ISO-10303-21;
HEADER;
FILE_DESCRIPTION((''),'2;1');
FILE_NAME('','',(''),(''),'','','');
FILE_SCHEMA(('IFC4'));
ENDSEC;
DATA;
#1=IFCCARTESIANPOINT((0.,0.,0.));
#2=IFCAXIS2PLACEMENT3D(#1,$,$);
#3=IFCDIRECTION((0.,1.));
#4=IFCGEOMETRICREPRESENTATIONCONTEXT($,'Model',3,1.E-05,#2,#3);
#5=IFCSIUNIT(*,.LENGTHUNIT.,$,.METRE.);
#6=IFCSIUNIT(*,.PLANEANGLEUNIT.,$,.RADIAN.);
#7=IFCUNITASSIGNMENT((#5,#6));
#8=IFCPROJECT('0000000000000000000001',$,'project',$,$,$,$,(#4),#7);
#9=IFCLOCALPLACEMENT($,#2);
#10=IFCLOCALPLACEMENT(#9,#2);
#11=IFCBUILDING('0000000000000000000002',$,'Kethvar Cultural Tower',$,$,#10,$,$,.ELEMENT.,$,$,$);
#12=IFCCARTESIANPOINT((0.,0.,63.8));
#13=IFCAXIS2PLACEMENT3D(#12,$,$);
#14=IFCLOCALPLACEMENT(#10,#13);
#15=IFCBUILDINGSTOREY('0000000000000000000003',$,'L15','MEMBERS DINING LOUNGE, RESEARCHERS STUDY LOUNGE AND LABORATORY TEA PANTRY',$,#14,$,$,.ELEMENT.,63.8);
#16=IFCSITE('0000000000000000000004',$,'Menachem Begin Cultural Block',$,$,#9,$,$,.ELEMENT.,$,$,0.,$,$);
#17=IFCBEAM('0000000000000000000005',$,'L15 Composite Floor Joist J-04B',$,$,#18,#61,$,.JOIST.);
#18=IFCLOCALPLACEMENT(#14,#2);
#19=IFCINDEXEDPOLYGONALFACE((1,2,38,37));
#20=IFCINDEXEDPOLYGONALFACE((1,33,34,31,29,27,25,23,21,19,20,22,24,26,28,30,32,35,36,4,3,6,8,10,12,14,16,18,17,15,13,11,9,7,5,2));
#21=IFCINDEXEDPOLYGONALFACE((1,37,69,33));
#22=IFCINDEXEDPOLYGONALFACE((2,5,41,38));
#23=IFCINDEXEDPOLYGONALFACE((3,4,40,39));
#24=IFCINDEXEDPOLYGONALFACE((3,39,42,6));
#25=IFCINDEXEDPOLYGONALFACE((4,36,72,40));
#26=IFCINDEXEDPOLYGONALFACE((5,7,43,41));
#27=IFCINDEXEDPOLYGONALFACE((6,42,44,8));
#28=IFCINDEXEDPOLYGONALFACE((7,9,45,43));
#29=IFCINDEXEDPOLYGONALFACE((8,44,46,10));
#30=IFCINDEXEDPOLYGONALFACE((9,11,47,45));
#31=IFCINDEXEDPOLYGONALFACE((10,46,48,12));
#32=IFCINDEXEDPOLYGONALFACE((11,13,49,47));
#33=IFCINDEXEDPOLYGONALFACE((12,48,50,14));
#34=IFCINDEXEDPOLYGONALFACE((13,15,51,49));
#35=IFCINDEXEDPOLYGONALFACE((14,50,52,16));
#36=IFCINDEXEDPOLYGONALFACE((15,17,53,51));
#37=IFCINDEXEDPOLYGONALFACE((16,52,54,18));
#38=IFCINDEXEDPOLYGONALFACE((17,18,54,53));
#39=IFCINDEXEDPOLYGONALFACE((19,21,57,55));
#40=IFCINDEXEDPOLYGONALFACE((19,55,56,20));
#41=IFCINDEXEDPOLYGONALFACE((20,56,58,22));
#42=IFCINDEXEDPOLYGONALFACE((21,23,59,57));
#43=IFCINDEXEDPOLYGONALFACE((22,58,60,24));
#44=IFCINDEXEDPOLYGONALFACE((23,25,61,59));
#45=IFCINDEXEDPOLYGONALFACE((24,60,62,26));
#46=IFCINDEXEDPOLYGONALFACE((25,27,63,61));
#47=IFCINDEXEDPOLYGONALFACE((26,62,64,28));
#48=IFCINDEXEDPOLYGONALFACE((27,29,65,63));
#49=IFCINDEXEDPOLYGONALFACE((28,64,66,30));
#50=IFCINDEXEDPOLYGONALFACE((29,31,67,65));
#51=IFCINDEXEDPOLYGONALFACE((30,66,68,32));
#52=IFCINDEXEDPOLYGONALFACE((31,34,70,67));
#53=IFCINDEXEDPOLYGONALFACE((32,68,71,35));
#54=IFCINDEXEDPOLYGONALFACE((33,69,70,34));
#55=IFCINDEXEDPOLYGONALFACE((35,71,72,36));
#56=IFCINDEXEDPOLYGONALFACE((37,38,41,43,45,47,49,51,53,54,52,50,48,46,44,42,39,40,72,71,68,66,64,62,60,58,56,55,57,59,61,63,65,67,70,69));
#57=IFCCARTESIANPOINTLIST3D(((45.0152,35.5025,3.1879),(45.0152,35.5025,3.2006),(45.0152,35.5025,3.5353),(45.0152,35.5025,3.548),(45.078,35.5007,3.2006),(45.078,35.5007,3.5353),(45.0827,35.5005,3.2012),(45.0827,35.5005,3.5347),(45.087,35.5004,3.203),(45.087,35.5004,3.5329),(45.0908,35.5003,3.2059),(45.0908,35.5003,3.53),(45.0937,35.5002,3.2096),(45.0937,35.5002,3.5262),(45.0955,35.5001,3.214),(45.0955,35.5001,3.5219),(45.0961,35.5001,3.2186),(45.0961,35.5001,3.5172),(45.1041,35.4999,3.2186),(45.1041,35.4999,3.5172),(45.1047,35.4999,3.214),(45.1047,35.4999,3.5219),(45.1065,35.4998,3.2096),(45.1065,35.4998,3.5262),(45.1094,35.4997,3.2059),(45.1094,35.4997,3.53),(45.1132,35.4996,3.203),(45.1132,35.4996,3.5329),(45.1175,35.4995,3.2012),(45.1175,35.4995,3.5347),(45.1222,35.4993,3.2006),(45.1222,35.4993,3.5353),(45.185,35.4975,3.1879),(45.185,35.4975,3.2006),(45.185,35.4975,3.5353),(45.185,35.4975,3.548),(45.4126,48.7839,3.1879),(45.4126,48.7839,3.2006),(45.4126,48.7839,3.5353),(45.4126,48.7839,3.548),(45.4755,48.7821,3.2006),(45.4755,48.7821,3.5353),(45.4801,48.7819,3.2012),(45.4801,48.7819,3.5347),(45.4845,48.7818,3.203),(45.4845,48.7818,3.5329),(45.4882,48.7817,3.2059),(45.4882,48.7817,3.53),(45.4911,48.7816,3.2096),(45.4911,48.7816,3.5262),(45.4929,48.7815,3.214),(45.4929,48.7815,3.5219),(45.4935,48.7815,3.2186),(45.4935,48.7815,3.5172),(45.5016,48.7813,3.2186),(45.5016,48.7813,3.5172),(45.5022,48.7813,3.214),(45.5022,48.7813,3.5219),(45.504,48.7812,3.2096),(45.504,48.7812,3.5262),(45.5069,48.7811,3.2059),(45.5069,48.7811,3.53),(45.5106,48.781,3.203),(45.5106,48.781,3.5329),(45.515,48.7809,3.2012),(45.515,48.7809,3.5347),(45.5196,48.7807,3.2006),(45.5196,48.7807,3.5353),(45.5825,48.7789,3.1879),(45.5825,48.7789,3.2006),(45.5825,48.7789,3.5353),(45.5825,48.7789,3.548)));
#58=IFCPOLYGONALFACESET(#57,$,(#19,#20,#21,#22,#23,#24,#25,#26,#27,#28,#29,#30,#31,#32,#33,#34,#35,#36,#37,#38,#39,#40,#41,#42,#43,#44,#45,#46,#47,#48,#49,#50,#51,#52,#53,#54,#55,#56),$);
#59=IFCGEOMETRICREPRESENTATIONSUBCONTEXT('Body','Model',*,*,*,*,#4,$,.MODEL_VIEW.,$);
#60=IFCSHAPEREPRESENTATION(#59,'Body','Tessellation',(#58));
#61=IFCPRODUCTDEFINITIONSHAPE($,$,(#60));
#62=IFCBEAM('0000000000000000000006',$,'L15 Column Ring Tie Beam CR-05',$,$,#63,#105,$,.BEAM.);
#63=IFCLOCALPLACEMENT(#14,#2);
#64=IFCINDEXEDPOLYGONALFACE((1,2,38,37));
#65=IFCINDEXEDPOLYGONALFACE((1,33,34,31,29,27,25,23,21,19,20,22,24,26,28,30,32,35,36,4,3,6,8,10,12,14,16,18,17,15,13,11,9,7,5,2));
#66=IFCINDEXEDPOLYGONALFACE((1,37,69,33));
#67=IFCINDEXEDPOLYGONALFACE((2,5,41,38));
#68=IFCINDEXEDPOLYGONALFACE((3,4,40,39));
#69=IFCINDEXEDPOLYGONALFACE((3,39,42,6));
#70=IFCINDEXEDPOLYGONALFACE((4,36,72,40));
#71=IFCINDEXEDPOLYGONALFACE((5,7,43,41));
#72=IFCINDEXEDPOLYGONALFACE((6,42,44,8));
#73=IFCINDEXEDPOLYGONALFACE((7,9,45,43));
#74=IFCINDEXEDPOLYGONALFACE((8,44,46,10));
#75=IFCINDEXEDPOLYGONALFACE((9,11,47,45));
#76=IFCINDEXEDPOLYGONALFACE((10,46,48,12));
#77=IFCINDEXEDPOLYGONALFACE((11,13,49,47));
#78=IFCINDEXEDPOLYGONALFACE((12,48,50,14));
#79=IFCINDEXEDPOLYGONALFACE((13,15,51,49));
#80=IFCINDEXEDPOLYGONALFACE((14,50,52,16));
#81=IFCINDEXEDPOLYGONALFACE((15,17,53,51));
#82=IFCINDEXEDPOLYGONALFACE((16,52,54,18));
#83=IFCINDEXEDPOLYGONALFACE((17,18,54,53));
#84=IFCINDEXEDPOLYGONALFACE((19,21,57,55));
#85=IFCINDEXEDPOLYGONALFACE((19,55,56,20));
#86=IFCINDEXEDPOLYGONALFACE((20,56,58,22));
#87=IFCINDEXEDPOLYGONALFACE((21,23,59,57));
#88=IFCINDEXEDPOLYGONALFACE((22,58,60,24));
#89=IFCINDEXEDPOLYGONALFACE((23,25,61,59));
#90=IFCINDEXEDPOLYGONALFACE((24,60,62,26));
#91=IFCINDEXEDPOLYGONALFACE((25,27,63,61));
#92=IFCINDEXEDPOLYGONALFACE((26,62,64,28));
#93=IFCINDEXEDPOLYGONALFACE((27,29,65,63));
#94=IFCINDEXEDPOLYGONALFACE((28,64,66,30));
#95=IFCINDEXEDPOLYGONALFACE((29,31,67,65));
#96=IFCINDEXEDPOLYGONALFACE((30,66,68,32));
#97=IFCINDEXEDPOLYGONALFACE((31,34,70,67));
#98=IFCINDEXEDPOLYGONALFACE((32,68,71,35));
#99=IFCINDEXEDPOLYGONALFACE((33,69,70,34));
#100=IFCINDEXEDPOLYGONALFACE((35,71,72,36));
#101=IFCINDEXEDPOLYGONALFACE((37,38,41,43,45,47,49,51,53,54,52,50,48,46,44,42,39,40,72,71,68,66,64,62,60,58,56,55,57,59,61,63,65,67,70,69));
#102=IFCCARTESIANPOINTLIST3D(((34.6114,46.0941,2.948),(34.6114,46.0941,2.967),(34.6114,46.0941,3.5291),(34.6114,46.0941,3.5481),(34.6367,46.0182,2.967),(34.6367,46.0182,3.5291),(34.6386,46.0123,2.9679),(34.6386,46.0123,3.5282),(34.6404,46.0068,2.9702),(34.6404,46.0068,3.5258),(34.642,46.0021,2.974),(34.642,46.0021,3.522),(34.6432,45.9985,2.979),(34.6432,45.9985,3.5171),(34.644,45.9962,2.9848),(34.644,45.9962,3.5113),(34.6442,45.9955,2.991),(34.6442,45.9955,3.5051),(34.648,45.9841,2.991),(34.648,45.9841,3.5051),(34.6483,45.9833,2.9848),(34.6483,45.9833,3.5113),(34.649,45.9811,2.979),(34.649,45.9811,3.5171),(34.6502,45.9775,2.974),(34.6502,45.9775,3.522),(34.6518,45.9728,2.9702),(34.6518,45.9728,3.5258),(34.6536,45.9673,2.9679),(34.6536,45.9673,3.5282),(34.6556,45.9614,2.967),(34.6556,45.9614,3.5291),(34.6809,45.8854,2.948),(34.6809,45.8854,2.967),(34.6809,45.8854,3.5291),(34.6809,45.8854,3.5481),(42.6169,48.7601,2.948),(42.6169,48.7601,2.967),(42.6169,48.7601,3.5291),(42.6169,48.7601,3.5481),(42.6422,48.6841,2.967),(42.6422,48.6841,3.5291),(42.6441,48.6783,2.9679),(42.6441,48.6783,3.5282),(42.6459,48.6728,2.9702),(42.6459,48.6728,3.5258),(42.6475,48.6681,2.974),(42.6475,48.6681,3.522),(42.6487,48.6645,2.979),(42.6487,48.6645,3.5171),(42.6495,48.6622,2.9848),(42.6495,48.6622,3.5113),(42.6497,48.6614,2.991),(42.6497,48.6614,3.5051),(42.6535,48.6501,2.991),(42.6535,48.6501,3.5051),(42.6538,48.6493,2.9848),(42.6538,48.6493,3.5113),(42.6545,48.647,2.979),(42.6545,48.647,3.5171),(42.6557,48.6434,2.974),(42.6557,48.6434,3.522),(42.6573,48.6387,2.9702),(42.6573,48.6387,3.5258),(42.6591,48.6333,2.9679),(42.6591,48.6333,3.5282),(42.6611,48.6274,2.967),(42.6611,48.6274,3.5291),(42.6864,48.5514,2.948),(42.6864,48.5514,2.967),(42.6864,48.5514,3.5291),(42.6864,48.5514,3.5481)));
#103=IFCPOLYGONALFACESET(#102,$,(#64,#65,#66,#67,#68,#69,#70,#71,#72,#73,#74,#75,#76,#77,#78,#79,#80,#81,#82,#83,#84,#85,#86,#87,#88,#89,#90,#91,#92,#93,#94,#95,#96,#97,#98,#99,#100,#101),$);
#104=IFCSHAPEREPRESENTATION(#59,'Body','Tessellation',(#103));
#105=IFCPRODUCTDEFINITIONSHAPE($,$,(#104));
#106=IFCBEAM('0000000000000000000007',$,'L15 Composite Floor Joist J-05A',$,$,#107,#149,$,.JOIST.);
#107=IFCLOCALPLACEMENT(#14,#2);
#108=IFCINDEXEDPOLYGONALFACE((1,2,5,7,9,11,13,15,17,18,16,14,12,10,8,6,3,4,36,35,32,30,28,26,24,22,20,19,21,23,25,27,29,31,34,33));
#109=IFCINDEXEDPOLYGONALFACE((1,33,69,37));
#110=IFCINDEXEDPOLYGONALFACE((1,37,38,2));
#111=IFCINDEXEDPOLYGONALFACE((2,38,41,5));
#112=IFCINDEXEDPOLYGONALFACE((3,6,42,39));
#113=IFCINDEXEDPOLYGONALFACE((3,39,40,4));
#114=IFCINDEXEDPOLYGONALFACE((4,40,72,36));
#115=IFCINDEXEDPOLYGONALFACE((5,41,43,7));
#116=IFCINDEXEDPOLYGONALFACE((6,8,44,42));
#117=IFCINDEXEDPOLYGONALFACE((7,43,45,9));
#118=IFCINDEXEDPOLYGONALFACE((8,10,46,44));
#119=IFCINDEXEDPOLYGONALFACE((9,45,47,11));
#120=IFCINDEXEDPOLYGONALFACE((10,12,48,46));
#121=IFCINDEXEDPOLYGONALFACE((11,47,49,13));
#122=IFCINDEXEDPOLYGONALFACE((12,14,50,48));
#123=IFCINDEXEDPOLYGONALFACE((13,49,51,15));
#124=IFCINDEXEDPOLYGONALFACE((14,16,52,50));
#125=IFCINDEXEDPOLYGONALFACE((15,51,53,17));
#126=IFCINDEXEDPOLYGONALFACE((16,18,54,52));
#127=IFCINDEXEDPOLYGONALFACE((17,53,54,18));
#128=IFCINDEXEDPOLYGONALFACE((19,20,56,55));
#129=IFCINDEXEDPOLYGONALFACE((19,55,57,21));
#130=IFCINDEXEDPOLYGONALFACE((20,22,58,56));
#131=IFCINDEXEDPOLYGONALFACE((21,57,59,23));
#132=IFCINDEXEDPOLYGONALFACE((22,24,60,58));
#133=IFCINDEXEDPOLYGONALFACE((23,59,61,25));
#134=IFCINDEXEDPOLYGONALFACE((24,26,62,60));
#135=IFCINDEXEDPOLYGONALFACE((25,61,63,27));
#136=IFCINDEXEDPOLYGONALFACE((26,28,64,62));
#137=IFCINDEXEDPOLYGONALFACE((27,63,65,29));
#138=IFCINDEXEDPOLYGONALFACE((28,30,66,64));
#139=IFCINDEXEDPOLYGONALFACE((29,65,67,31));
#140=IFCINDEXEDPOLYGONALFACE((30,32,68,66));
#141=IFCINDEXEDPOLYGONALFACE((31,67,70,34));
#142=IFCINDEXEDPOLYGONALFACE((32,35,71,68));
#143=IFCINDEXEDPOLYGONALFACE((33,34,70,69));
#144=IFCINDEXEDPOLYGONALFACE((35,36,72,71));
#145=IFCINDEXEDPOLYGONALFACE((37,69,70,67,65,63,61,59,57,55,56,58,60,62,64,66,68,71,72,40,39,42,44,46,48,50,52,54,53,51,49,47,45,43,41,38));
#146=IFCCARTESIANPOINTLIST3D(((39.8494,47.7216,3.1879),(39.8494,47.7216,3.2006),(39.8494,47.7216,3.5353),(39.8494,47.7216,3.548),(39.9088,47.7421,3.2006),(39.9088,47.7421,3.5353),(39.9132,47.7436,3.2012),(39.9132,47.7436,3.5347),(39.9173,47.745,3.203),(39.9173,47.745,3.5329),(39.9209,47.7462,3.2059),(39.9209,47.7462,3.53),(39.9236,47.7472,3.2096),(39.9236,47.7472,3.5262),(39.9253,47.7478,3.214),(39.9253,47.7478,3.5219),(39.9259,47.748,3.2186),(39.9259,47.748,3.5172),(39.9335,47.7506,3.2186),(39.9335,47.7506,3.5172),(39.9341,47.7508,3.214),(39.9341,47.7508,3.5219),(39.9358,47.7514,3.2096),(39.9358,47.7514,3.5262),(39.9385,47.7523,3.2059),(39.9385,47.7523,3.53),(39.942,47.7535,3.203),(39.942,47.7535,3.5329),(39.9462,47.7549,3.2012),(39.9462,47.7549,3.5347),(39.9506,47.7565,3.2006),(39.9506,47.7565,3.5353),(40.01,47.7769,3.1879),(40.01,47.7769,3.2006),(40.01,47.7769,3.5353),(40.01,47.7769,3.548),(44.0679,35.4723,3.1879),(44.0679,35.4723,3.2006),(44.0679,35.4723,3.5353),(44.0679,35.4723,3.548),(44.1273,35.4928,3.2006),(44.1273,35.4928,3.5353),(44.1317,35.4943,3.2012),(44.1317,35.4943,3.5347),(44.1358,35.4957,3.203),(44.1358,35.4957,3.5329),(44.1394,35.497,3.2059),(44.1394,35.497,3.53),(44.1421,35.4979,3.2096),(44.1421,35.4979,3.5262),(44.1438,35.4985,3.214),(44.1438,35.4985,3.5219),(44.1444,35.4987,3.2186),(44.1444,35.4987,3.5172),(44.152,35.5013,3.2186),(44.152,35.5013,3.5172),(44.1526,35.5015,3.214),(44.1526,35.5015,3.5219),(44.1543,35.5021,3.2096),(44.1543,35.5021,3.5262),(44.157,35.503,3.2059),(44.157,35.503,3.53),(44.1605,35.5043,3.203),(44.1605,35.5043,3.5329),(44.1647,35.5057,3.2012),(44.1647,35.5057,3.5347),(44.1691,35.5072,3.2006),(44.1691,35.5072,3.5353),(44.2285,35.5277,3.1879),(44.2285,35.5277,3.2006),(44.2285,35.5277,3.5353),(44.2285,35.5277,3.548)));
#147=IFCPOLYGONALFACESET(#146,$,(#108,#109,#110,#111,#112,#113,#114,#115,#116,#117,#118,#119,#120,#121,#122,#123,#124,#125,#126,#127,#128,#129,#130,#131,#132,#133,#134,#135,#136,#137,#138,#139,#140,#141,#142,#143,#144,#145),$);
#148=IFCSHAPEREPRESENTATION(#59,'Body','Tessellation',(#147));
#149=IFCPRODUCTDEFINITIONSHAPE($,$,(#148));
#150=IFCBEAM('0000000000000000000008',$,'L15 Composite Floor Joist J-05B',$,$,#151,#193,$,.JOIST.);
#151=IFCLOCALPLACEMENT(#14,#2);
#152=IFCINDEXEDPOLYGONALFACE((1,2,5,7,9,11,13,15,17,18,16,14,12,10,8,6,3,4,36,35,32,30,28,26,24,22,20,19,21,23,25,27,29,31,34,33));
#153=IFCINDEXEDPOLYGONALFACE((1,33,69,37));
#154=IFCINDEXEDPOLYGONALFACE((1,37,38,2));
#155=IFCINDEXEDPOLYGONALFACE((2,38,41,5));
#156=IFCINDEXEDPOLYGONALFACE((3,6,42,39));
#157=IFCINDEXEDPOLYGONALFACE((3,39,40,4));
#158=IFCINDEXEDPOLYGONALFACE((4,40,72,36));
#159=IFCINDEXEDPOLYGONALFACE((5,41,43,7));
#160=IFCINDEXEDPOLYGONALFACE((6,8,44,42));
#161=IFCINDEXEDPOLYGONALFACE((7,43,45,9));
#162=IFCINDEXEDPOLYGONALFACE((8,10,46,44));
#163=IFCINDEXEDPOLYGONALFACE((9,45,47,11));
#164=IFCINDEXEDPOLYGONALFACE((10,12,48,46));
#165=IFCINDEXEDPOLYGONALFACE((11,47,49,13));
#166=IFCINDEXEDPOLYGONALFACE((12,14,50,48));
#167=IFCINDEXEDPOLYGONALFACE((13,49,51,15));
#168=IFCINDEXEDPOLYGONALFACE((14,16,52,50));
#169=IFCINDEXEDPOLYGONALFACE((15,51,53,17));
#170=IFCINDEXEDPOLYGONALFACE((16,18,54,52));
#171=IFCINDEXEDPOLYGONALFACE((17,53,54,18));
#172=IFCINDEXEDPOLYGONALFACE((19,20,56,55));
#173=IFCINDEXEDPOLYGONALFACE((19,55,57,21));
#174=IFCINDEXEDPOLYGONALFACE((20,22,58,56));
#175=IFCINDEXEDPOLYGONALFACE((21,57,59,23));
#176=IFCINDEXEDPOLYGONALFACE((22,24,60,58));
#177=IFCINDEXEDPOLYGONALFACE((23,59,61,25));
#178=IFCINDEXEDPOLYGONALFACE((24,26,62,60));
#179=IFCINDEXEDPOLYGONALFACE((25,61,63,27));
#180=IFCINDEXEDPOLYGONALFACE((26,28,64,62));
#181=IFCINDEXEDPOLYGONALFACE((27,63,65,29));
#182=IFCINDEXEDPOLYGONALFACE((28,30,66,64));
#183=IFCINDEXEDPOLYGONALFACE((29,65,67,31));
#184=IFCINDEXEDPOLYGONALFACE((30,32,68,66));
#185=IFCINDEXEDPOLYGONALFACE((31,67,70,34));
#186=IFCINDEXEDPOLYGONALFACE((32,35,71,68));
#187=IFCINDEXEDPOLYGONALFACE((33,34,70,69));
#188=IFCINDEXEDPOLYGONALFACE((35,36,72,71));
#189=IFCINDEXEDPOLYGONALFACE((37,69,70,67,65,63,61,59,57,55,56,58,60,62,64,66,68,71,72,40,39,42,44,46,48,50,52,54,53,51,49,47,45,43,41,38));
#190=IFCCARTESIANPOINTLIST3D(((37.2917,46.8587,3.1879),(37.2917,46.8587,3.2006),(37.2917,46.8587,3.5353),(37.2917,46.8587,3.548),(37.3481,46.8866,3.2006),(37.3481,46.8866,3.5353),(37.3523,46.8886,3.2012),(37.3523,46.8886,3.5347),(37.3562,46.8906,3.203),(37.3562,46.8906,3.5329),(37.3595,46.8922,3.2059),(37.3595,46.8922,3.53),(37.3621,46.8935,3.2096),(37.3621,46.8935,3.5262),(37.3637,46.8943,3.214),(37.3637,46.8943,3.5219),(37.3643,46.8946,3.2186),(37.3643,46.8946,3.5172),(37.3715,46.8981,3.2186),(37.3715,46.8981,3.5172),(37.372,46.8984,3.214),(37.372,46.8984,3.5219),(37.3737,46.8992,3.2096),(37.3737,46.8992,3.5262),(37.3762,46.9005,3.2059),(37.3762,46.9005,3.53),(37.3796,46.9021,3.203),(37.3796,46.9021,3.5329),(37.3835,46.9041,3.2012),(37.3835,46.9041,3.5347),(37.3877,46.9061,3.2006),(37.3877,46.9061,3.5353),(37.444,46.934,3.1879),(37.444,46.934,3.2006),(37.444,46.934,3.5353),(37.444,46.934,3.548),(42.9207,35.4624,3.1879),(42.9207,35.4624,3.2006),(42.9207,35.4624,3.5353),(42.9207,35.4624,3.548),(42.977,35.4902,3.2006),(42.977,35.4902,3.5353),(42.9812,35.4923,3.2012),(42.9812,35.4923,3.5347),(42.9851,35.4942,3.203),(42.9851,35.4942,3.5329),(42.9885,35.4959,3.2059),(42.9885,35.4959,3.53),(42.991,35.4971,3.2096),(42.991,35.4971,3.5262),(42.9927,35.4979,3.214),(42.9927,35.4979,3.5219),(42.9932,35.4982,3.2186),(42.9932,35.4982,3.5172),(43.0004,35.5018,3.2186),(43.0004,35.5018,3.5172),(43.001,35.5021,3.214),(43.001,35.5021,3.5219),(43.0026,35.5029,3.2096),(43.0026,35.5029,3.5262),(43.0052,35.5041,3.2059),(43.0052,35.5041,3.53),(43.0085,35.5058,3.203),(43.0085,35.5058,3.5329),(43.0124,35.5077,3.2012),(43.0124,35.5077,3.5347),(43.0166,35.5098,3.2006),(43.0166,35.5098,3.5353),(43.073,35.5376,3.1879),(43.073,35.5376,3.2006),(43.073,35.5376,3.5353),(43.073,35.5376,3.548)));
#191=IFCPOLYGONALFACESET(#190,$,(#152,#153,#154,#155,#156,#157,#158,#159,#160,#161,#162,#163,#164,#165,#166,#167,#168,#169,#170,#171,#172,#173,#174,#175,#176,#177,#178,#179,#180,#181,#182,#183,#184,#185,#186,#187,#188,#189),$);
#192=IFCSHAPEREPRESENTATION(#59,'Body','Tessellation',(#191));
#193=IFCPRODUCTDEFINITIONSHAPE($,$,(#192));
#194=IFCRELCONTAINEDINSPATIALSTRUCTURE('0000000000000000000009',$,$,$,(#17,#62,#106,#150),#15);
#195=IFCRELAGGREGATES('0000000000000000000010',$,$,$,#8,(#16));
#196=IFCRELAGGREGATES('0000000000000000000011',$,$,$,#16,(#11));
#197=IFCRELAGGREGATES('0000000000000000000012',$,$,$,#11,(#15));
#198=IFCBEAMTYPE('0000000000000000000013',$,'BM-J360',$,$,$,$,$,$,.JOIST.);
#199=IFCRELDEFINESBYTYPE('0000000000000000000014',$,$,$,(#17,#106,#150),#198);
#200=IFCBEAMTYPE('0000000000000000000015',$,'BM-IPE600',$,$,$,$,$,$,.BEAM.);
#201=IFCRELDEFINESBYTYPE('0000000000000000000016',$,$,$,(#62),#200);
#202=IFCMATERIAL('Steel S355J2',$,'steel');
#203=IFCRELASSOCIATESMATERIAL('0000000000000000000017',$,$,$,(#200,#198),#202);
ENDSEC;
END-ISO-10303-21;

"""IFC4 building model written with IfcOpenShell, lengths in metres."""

from ifc_helpers import new_model, si_unit, direction, frame, origin, origin_2d, place, context, subcontext, project, spatial, i_section, extrude, source, transform, mapped, material, material_profile, profile_set, type_object, element, save


model = new_model("IFC4")

# Units and contexts
model_context = context("Model", 3, precision=1e-05, world=origin(), true_north=direction((0.0, 1.0)))
body_context = subcontext(model_context, "Body", "Model", "MODEL_VIEW")
ifc_project = project(units=[si_unit("LENGTHUNIT", "METRE"), si_unit("PLANEANGLEUNIT", "RADIAN")], contexts=[model_context])

# Site, building, storey
site_placement = place(None, origin())
site = spatial("IfcSite", under=ifc_project, at=site_placement, Name="Menachem Begin Cultural Block", CompositionType="ELEMENT", RefElevation=0.0)
building_placement = place(site_placement, origin())
building = spatial("IfcBuilding", under=site, at=building_placement, Name="Kethvar Cultural Tower", CompositionType="ELEMENT")
storey_placement = place(building_placement, frame((0.0, 0.0, 63.8)))
storey = spatial("IfcBuildingStorey", under=building, at=storey_placement, Name="L15", Description="MEMBERS DINING LOUNGE, RESEARCHERS STUDY LOUNGE AND LABORATORY TEA PANTRY", CompositionType="ELEMENT", Elevation=63.8)

# Beams
ifc_material_1 = material(Name="Steel S355J2", Category="steel")
ifc_material_profile_1 = material_profile(ifc_material_1, i_section(OverallWidth=0.22, OverallDepth=0.6001, WebThickness=0.012, FlangeThickness=0.019, FilletRadius=0.0239, at=origin_2d()), Name="Steel S355J2 — IPE600")
ifc_profile_set_1 = profile_set([ifc_material_profile_1], Name="Steel S355J2 — IPE600")
beam_type_1 = type_object("IfcBeamType", Name="BM-IPE600", PredefinedType="BEAM", material=ifc_profile_set_1)
ifc_material_profile_2 = material_profile(ifc_material_1, i_section(OverallWidth=0.1699, OverallDepth=0.3601, WebThickness=0.0081, FlangeThickness=0.0127, FilletRadius=0.0181, at=origin_2d()), Name="Steel S355J2 — IPE360")
ifc_profile_set_2 = profile_set([ifc_material_profile_2], Name="Steel S355J2 — IPE360")
beam_type_2 = type_object("IfcBeamType", Name="BM-J360", PredefinedType="JOIST", material=ifc_profile_set_2)
shared_shape_1 = source(origin(), body_context, "Body", "SweptSolid", [
    extrude(i_section(OverallWidth=0.1699, OverallDepth=0.3601, WebThickness=0.0081, FlangeThickness=0.0127, FilletRadius=0.0181, at=origin_2d()), origin(), (0.0, 0.0, 1.0), 13.2874),
])
beam_1_placement = place(storey_placement, frame((45.1001, 35.5, 3.3679), z_axis=(0.029913, 0.999553, 0.0), x_axis=(-0.999553, 0.029913, 0.0)))
element("IfcBeam", 1, at=beam_1_placement, inside=storey, type_object=beam_type_2, Name="L15 Composite Floor Joist J-04B", PredefinedType="JOIST", context=body_context, shape_type="MappedRepresentation", body=[
    mapped(shared_shape_1, transform((0.0, 0.0, 0.0), scale=1.0)),
])
shared_shape_2 = source(origin(), body_context, "Body", "SweptSolid", [
    extrude(i_section(OverallWidth=0.22, OverallDepth=0.6001, WebThickness=0.012, FlangeThickness=0.019, FilletRadius=0.0239, at=origin_2d()), origin(), (0.0, 0.0, 1.0), 8.4377),
])
beam_2_placement = place(storey_placement, frame((42.6516, 48.6558, 3.248), z_axis=(-0.948773, -0.315959, 0.0), x_axis=(0.315959, -0.948773, 0.0)))
element("IfcBeam", 2, at=beam_2_placement, inside=storey, type_object=beam_type_1, Name="L15 Column Ring Tie Beam CR-05", PredefinedType="BEAM", context=body_context, shape_type="MappedRepresentation", body=[
    mapped(shared_shape_2, transform((0.0, 0.0, 0.0), scale=1.0)),
])
shared_shape_3 = source(origin(), body_context, "Body", "SweptSolid", [
    extrude(i_section(OverallWidth=0.1699, OverallDepth=0.3601, WebThickness=0.0081, FlangeThickness=0.0127, FilletRadius=0.0181, at=origin_2d()), origin(), (0.0, 0.0, 1.0), 12.9553),
])
beam_3_placement = place(storey_placement, frame((44.1482, 35.5, 3.3679), z_axis=(-0.32562, 0.945501, 0.0), x_axis=(-0.945501, -0.32562, 0.0)))
element("IfcBeam", 3, at=beam_3_placement, inside=storey, type_object=beam_type_2, Name="L15 Composite Floor Joist J-05A", PredefinedType="JOIST", context=body_context, shape_type="MappedRepresentation", body=[
    mapped(shared_shape_3, transform((0.0, 0.0, 0.0), scale=1.0)),
])
shared_shape_4 = source(origin(), body_context, "Body", "SweptSolid", [
    extrude(i_section(OverallWidth=0.1699, OverallDepth=0.3601, WebThickness=0.0081, FlangeThickness=0.0127, FilletRadius=0.0181, at=origin_2d()), origin(), (0.0, 0.0, 1.0), 12.7107),
])
beam_4_placement = place(storey_placement, frame((42.9968, 35.5, 3.3679), z_axis=(-0.442852, 0.896595, 0.0), x_axis=(-0.896595, -0.442852, 0.0)))
element("IfcBeam", 4, at=beam_4_placement, inside=storey, type_object=beam_type_2, Name="L15 Composite Floor Joist J-05B", PredefinedType="JOIST", context=body_context, shape_type="MappedRepresentation", body=[
    mapped(shared_shape_4, transform((0.0, 0.0, 0.0), scale=1.0)),
])

save(model, "model.ifc")
